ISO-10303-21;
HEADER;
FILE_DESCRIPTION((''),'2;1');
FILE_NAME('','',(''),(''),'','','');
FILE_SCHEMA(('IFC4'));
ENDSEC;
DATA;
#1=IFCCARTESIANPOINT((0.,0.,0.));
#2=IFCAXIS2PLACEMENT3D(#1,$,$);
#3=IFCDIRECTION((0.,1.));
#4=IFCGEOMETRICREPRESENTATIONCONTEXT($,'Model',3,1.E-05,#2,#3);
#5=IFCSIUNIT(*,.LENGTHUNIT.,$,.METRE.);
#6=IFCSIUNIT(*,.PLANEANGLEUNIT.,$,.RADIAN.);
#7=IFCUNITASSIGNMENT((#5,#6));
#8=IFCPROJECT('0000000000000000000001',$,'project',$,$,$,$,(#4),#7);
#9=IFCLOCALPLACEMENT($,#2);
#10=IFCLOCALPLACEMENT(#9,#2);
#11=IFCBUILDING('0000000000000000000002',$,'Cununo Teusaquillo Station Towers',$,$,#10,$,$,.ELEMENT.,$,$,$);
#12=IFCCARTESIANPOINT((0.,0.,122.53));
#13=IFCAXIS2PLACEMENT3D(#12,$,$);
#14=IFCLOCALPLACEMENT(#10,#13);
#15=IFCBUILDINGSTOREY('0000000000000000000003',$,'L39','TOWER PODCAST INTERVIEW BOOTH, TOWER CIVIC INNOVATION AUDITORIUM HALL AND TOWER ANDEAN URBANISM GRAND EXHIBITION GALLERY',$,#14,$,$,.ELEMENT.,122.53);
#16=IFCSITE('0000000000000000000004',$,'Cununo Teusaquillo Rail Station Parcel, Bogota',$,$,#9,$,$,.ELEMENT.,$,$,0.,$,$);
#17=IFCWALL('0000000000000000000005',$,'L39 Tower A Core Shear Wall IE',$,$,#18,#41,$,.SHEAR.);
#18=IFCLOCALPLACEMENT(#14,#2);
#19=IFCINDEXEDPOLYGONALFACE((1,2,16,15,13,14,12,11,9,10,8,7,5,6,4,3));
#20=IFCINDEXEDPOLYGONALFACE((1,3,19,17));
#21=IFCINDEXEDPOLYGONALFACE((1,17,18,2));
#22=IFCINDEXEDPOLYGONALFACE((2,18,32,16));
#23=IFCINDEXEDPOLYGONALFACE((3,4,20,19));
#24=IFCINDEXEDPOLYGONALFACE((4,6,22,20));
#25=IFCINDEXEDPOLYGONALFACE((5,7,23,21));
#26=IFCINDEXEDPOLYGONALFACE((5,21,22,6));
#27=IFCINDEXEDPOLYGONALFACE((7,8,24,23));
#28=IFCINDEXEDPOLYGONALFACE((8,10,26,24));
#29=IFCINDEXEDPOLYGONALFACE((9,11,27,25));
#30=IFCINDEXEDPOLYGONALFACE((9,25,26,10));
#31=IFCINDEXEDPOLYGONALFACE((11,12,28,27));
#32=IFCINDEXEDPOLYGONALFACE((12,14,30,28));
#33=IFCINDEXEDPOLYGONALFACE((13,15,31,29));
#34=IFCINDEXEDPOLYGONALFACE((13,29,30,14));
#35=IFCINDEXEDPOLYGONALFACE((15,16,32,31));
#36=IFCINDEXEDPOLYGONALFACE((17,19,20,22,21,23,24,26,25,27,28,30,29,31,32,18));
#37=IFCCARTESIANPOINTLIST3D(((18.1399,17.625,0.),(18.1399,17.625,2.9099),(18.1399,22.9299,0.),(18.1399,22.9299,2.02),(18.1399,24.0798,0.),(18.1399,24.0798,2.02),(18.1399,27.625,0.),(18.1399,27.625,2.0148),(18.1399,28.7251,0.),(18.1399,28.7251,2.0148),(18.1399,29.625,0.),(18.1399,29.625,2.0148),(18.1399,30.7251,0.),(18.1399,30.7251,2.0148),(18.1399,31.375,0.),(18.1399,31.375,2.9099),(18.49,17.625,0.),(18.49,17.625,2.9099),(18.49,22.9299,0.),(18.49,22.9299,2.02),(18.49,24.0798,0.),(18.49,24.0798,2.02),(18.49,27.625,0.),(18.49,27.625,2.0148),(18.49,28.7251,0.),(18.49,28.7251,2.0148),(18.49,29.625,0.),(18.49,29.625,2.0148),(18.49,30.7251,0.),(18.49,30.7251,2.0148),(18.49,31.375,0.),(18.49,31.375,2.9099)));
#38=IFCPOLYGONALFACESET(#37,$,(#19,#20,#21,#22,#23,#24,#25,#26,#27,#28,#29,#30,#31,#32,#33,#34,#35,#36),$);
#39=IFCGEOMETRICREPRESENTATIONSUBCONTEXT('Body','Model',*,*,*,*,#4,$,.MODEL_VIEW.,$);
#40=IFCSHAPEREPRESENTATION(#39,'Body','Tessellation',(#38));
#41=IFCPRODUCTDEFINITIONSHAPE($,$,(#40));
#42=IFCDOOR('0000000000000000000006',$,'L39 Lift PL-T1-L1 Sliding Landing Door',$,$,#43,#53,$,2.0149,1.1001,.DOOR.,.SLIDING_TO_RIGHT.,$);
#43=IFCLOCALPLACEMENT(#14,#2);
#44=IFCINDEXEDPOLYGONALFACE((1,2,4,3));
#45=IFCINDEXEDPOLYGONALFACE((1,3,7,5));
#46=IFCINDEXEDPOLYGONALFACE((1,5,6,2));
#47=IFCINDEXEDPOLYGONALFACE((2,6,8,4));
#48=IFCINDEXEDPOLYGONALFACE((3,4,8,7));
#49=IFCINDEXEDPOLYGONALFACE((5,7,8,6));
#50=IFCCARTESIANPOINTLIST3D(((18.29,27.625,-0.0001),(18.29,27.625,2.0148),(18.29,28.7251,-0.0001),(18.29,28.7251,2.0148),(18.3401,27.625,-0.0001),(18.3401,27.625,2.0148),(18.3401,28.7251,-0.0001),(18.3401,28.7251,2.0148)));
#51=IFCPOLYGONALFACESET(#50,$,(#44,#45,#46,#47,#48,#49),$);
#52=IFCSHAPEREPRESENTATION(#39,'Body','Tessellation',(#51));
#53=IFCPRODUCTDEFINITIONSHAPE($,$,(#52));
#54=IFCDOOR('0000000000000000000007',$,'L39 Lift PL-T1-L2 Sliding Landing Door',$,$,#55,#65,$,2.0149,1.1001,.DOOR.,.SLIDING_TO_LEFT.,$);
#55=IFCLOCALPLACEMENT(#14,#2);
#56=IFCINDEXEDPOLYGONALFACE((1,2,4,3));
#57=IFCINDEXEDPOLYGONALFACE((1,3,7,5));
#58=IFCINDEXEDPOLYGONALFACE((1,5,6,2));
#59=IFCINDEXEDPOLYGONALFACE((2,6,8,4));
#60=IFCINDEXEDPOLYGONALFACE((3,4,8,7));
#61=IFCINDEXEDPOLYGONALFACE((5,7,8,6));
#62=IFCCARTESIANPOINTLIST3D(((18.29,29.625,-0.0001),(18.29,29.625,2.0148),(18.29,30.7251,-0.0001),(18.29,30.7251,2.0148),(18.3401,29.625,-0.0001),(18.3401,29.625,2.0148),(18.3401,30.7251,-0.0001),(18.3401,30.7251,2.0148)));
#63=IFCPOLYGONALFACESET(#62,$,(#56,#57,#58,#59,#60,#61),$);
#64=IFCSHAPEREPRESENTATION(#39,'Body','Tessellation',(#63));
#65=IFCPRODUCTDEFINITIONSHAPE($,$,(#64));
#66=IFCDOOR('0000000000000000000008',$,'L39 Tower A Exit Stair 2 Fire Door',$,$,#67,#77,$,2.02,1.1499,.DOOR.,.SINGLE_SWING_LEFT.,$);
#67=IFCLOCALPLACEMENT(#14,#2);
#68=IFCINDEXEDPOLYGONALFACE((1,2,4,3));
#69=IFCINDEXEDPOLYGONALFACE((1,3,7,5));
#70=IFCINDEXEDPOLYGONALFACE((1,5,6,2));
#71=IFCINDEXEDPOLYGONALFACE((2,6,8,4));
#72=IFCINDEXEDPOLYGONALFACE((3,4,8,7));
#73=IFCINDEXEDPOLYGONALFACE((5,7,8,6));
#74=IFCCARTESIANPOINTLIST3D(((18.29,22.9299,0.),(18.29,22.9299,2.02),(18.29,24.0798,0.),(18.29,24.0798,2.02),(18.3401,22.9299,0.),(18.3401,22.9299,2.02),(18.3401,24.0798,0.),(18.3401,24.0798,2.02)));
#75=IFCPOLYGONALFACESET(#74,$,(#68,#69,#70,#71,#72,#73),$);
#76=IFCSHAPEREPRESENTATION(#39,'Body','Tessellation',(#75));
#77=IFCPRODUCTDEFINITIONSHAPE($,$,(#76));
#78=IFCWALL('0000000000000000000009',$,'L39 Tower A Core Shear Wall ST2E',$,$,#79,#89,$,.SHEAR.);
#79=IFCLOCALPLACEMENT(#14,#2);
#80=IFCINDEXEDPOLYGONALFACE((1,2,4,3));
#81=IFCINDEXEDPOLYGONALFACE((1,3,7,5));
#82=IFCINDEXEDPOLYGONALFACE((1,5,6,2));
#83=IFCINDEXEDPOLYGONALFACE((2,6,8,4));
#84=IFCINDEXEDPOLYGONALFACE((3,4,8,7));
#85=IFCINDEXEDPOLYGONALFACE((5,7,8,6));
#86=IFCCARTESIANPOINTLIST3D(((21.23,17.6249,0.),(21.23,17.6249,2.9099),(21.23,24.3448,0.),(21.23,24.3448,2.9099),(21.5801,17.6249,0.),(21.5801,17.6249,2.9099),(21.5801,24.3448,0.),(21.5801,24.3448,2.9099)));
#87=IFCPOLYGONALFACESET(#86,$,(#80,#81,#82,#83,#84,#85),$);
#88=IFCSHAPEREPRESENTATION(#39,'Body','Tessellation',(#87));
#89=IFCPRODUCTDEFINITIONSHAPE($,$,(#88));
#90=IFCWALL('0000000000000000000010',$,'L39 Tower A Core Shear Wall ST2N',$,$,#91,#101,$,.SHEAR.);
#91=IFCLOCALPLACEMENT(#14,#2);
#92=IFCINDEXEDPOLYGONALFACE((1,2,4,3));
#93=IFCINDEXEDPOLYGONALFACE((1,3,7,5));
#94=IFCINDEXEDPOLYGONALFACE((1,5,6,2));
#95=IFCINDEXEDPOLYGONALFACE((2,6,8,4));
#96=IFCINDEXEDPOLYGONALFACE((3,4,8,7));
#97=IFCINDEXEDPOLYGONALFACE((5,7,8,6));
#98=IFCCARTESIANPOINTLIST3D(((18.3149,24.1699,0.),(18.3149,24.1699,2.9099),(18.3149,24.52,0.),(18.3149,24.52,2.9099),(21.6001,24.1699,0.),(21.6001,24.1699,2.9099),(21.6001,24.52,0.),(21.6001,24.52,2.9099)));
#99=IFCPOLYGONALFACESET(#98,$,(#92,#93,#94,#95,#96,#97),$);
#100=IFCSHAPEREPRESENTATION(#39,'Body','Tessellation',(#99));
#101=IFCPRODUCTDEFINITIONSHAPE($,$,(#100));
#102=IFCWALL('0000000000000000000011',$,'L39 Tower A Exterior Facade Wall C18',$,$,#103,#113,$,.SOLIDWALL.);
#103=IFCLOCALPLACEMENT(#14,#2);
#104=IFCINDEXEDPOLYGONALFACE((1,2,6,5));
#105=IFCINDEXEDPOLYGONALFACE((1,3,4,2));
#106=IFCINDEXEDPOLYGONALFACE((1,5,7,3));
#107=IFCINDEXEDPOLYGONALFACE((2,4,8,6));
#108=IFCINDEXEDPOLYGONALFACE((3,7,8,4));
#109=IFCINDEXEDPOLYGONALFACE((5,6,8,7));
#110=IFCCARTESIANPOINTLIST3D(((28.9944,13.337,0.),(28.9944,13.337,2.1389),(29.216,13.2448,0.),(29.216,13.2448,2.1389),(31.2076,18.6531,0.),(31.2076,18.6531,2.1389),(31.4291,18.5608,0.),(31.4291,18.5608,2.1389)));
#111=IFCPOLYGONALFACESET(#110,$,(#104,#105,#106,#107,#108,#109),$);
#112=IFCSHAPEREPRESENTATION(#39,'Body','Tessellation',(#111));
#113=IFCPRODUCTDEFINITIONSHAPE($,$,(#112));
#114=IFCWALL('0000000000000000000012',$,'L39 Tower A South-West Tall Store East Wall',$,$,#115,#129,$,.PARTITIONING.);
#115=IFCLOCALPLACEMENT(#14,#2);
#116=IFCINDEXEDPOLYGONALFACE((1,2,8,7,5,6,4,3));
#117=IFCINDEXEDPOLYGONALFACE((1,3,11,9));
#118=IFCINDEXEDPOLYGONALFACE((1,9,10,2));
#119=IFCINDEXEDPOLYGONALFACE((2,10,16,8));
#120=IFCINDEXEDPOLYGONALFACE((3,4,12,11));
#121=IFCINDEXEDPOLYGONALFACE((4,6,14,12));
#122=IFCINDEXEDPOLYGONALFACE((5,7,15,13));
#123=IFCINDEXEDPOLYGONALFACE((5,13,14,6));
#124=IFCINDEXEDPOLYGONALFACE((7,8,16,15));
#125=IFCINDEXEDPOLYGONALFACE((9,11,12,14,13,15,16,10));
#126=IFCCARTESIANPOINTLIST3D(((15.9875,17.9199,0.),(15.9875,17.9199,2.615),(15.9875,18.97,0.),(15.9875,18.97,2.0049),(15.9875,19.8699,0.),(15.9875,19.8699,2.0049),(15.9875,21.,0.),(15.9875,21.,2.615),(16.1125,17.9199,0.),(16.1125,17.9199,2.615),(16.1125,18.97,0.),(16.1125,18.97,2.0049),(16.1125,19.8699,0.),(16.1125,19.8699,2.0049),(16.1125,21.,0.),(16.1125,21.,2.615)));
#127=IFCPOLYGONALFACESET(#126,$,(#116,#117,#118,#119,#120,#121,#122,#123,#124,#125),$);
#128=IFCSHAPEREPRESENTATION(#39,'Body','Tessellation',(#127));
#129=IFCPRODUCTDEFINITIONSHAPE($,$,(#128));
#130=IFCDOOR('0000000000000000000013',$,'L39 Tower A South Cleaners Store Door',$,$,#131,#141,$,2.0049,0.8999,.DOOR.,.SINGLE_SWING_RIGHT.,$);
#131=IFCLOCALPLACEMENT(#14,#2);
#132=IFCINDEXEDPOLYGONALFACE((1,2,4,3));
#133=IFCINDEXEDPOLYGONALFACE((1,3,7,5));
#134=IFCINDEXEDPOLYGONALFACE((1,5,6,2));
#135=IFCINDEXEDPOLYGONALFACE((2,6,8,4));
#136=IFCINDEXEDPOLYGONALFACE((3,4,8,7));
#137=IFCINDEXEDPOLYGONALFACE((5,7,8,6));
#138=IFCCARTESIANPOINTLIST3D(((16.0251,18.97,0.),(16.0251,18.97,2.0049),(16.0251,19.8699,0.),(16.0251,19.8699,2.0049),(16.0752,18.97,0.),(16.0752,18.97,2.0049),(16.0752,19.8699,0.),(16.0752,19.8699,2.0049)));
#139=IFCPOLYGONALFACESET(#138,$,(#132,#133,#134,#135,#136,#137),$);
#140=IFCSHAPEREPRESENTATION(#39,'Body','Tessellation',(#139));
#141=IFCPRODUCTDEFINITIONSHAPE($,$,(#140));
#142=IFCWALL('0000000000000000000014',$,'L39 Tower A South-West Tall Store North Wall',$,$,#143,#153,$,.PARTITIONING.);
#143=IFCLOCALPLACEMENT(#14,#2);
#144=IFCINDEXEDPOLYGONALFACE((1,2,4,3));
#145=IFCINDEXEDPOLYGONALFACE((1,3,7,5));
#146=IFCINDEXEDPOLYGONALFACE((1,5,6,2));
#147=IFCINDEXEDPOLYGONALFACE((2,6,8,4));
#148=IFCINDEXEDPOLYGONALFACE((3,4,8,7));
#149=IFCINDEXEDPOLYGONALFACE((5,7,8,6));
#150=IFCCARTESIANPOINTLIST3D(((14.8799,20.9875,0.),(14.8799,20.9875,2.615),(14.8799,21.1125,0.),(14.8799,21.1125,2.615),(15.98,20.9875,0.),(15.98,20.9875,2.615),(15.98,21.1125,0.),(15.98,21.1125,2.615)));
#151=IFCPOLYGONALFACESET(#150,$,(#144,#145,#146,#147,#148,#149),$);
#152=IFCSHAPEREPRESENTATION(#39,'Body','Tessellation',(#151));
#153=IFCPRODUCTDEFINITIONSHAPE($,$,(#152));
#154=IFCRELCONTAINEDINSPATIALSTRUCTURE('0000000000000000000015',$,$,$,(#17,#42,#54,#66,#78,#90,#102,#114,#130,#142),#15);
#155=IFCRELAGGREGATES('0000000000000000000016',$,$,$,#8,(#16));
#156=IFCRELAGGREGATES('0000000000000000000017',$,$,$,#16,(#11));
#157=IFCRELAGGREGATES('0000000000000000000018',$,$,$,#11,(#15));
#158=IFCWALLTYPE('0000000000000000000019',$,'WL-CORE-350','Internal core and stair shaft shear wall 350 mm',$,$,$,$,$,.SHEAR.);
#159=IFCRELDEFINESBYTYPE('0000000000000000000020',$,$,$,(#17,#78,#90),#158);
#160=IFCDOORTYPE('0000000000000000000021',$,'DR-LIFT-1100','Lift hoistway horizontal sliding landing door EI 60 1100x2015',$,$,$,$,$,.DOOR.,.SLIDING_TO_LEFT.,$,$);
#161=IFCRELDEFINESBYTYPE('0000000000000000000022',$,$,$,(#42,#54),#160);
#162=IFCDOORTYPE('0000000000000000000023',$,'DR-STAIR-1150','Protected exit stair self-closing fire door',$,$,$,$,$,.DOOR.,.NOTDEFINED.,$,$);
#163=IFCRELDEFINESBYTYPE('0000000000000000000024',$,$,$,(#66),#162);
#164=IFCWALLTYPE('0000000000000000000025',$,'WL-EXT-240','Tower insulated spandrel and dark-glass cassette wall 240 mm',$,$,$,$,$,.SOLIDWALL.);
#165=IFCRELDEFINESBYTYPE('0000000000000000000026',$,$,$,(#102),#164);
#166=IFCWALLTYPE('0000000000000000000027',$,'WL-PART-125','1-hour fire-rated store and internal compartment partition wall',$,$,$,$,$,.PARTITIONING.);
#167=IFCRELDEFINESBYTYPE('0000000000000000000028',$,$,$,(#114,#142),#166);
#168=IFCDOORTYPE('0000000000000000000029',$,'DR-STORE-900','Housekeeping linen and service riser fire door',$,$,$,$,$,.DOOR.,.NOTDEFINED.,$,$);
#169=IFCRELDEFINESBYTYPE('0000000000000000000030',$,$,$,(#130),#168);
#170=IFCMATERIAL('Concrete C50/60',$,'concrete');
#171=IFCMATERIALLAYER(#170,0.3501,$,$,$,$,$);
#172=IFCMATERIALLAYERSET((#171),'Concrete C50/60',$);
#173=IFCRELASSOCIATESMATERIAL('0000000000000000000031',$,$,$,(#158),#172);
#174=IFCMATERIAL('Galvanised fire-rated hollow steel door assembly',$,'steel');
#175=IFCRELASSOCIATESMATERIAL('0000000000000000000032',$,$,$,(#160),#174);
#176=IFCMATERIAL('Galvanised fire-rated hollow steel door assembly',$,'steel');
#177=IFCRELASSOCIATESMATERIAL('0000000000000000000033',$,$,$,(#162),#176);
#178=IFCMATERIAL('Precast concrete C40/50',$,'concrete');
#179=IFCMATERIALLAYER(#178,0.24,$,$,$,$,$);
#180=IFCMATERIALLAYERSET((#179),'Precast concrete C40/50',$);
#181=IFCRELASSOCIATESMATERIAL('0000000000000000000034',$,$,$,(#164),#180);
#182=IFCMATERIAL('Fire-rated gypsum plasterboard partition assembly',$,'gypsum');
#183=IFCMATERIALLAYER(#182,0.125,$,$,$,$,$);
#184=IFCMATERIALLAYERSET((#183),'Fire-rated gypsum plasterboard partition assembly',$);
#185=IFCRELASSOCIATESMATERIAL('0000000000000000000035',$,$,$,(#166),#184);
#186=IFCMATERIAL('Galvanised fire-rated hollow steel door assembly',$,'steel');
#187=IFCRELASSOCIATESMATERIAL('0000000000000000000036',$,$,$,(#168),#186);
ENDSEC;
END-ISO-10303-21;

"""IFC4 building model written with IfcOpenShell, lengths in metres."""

from ifc_helpers import new_model, si_unit, direction, frame, frame_2d, origin, place, context, subcontext, project, spatial, rectangle, extrude, source, transform, mapped, material, layer, layer_set, type_object, element, fill, save


model = new_model("IFC4")

# Units and contexts
model_context = context("Model", 3, precision=1e-05, world=origin(), true_north=direction((0.0, 1.0)))
body_context = subcontext(model_context, "Body", "Model", "MODEL_VIEW")
ifc_project = project(units=[si_unit("LENGTHUNIT", "METRE"), si_unit("PLANEANGLEUNIT", "RADIAN")], contexts=[model_context])

# Site, building, storey
site_placement = place(None, origin())
site = spatial("IfcSite", under=ifc_project, at=site_placement, Name="Cununo Teusaquillo Rail Station Parcel, Bogota", CompositionType="ELEMENT", RefElevation=0.0)
building_placement = place(site_placement, origin())
building = spatial("IfcBuilding", under=site, at=building_placement, Name="Cununo Teusaquillo Station Towers", CompositionType="ELEMENT")
storey_placement = place(building_placement, frame((0.0, 0.0, 122.53)))
storey = spatial("IfcBuildingStorey", under=building, at=storey_placement, Name="L39", Description="TOWER PODCAST INTERVIEW BOOTH, TOWER CIVIC INNOVATION AUDITORIUM HALL AND TOWER ANDEAN URBANISM GRAND EXHIBITION GALLERY", CompositionType="ELEMENT", Elevation=122.53)

# Wall, openings, doors
ifc_material_1 = material(Name="Concrete C50/60", Category="concrete")
ifc_layer_1 = layer(ifc_material_1, 0.3501)
ifc_layer_set_1 = layer_set([ifc_layer_1], Name="Concrete C50/60")
wall_type_1 = type_object("IfcWallType", Name="WL-CORE-350", Description="Internal core and stair shaft shear wall 350 mm", PredefinedType="SHEAR", material=ifc_layer_set_1)
wall_1_placement = place(storey_placement, frame((18.3149, 17.625, 0.0), z_axis=(0.0, 0.0, 1.0), x_axis=(0.0, 1.0, 0.0)))
wall_1 = element("IfcWall", 1, at=wall_1_placement, inside=storey, type_object=wall_type_1, Name="L39 Tower A Core Shear Wall IE", PredefinedType="SHEAR", context=body_context, shape_type="SweptSolid", body=[
    extrude(rectangle(XDim=13.75, YDim=0.3501, at=frame_2d((6.875, 0.0))), origin(), (0.0, 0.0, 1.0), 2.9099),
])
shared_shape_1 = source(origin(), body_context, "Body", "SweptSolid", [
    extrude(rectangle(XDim=1.1001, YDim=2.0149, at=frame_2d((0.55, 1.0073))), frame((0.0, 0.1851, 0.0), z_axis=(0.0, -1.0, 0.0), x_axis=(1.0, 0.0, 0.0)), (0.0, 0.0, 1.0), 0.3701),
])
opening_1_placement = place(wall_1_placement, frame((10.0, 0.0, 0.0)))
opening_1 = element("IfcOpeningElement", 2, at=opening_1_placement, cuts=wall_1, PredefinedType="OPENING", context=body_context, shape_type="MappedRepresentation", body=[
    mapped(shared_shape_1, transform((0.0, 0.0, 0.0), x_axis=(1.0, 0.0, 0.0), y_axis=(0.0, 1.0, 0.0), z_axis=(0.0, 0.0, 1.0), scale=1.0)),
])
opening_2_placement = place(wall_1_placement, frame((12.0, 0.0, 0.0)))
opening_2 = element("IfcOpeningElement", 3, at=opening_2_placement, cuts=wall_1, PredefinedType="OPENING", context=body_context, shape_type="MappedRepresentation", body=[
    mapped(shared_shape_1, transform((0.0, 0.0, 0.0), x_axis=(1.0, 0.0, 0.0), y_axis=(0.0, 1.0, 0.0), z_axis=(0.0, 0.0, 1.0), scale=1.0)),
])
shared_shape_2 = source(origin(), body_context, "Body", "SweptSolid", [
    extrude(rectangle(XDim=1.1499, YDim=2.02, at=frame_2d((0.575, 1.01))), frame((0.0, 0.1851, 0.0), z_axis=(0.0, -1.0, 0.0), x_axis=(1.0, 0.0, 0.0)), (0.0, 0.0, 1.0), 0.3701),
])
opening_3_placement = place(wall_1_placement, frame((5.3049, 0.0, 0.0)))
opening_3 = element("IfcOpeningElement", 4, at=opening_3_placement, cuts=wall_1, PredefinedType="OPENING", context=body_context, shape_type="MappedRepresentation", body=[
    mapped(shared_shape_2, transform((0.0, 0.0, 0.0), x_axis=(1.0, 0.0, 0.0), y_axis=(0.0, 1.0, 0.0), z_axis=(0.0, 0.0, 1.0), scale=1.0)),
])
ifc_material_2 = material(Name="Galvanised fire-rated hollow steel door assembly", Category="steel")
door_type_1 = type_object("IfcDoorType", Name="DR-LIFT-1100", Description="Lift hoistway horizontal sliding landing door EI 60 1100x2015", OperationType="SLIDING_TO_LEFT", PredefinedType="DOOR", material=ifc_material_2)
shared_shape_3 = source(origin(), body_context, "Body", "SweptSolid", [
    extrude(rectangle(XDim=1.1001, YDim=2.0149, at=frame_2d((0.55, 1.0073))), frame((0.0, 0.0249, 0.0), z_axis=(0.0, -1.0, 0.0), x_axis=(1.0, 0.0, 0.0)), (0.0, 0.0, 1.0), 0.05),
])
door_1_placement = place(opening_1_placement, origin())
door_1 = element("IfcDoor", 5, at=door_1_placement, inside=storey, type_object=door_type_1, Name="L39 Lift PL-T1-L1 Sliding Landing Door", OperationType="SLIDING_TO_RIGHT", OverallHeight=2.0149, OverallWidth=1.1001, PredefinedType="DOOR", context=body_context, shape_type="MappedRepresentation", body=[
    mapped(shared_shape_3, transform((0.0, 0.0, 0.0), x_axis=(1.0, 0.0, 0.0), y_axis=(0.0, 1.0, 0.0), z_axis=(0.0, 0.0, 1.0), scale=1.0)),
])
fill(opening_1, door_1)
door_2_placement = place(opening_2_placement, origin())
door_2 = element("IfcDoor", 6, at=door_2_placement, inside=storey, type_object=door_type_1, Name="L39 Lift PL-T1-L2 Sliding Landing Door", OperationType="SLIDING_TO_LEFT", OverallHeight=2.0149, OverallWidth=1.1001, PredefinedType="DOOR", context=body_context, shape_type="MappedRepresentation", body=[
    mapped(shared_shape_3, transform((0.0, 0.0, 0.0), x_axis=(1.0, 0.0, 0.0), y_axis=(0.0, 1.0, 0.0), z_axis=(0.0, 0.0, 1.0), scale=1.0)),
])
fill(opening_2, door_2)
ifc_material_3 = material(Name="Galvanised fire-rated hollow steel door assembly", Category="steel")
door_type_2 = type_object("IfcDoorType", Name="DR-STAIR-1150", Description="Protected exit stair self-closing fire door", OperationType="NOTDEFINED", PredefinedType="DOOR", material=ifc_material_3)
shared_shape_4 = source(origin(), body_context, "Body", "SweptSolid", [
    extrude(rectangle(XDim=1.1499, YDim=2.02, at=frame_2d((0.575, 1.01))), frame((0.0, 0.0249, 0.0), z_axis=(0.0, -1.0, 0.0), x_axis=(1.0, 0.0, 0.0)), (0.0, 0.0, 1.0), 0.05),
])
door_3_placement = place(opening_3_placement, origin())
door_3 = element("IfcDoor", 7, at=door_3_placement, inside=storey, type_object=door_type_2, Name="L39 Tower A Exit Stair 2 Fire Door", OperationType="SINGLE_SWING_LEFT", OverallHeight=2.02, OverallWidth=1.1499, PredefinedType="DOOR", context=body_context, shape_type="MappedRepresentation", body=[
    mapped(shared_shape_4, transform((0.0, 0.0, 0.0), x_axis=(1.0, 0.0, 0.0), y_axis=(0.0, 1.0, 0.0), z_axis=(0.0, 0.0, 1.0), scale=1.0)),
])
fill(opening_3, door_3)

# Walls
wall_2_placement = place(storey_placement, frame((21.405, 17.625, 0.0), z_axis=(0.0, 0.0, 1.0), x_axis=(0.0, 1.0, 0.0)))
element("IfcWall", 8, at=wall_2_placement, inside=storey, type_object=wall_type_1, Name="L39 Tower A Core Shear Wall ST2E", PredefinedType="SHEAR", context=body_context, shape_type="SweptSolid", body=[
    extrude(rectangle(XDim=6.72, YDim=0.3501, at=frame_2d((3.3599, 0.0))), origin(), (0.0, 0.0, 1.0), 2.9099),
])
wall_3_placement = place(storey_placement, frame((18.3149, 24.345, 0.0), z_axis=(0.0, 0.0, 1.0), x_axis=(1.0, 0.0, 0.0)))
element("IfcWall", 9, at=wall_3_placement, inside=storey, type_object=wall_type_1, Name="L39 Tower A Core Shear Wall ST2N", PredefinedType="SHEAR", context=body_context, shape_type="SweptSolid", body=[
    extrude(rectangle(XDim=3.2852, YDim=0.3501, at=frame_2d((1.6426, 0.0))), origin(), (0.0, 0.0, 1.0), 2.9099),
])
ifc_material_4 = material(Name="Precast concrete C40/50", Category="concrete")
ifc_layer_2 = layer(ifc_material_4, 0.24)
ifc_layer_set_2 = layer_set([ifc_layer_2], Name="Precast concrete C40/50")
wall_type_2 = type_object("IfcWallType", Name="WL-EXT-240", Description="Tower insulated spandrel and dark-glass cassette wall 240 mm", PredefinedType="SOLIDWALL", material=ifc_layer_set_2)
wall_4_placement = place(storey_placement, frame((31.3184, 18.6069, 0.0), z_axis=(0.0, 0.0, 1.0), x_axis=(-0.384344, -0.92319, 0.0)))
element("IfcWall", 10, at=wall_4_placement, inside=storey, type_object=wall_type_2, Name="L39 Tower A Exterior Facade Wall C18", PredefinedType="SOLIDWALL", context=body_context, shape_type="SweptSolid", body=[
    extrude(rectangle(XDim=5.7583, YDim=0.24, at=frame_2d((2.8792, 0.0))), origin(), (0.0, 0.0, 1.0), 2.1389),
])

# Wall, opening, door
ifc_material_5 = material(Name="Fire-rated gypsum plasterboard partition assembly", Category="gypsum")
ifc_layer_3 = layer(ifc_material_5, 0.125)
ifc_layer_set_3 = layer_set([ifc_layer_3], Name="Fire-rated gypsum plasterboard partition assembly")
wall_type_3 = type_object("IfcWallType", Name="WL-PART-125", Description="1-hour fire-rated store and internal compartment partition wall", PredefinedType="PARTITIONING", material=ifc_layer_set_3)
wall_5_placement = place(storey_placement, frame((16.05, 17.9199, 0.0), z_axis=(0.0, 0.0, 1.0), x_axis=(0.0, 1.0, 0.0)))
wall_5 = element("IfcWall", 11, at=wall_5_placement, inside=storey, type_object=wall_type_3, Name="L39 Tower A South-West Tall Store East Wall", PredefinedType="PARTITIONING", context=body_context, shape_type="SweptSolid", body=[
    extrude(rectangle(XDim=3.0801, YDim=0.125, at=frame_2d((1.54, 0.0))), origin(), (0.0, 0.0, 1.0), 2.615),
])
shared_shape_5 = source(origin(), body_context, "Body", "SweptSolid", [
    extrude(rectangle(XDim=0.8999, YDim=2.0049, at=frame_2d((0.45, 1.0024))), frame((0.0, 0.0725, 0.0), z_axis=(0.0, -1.0, 0.0), x_axis=(1.0, 0.0, 0.0)), (0.0, 0.0, 1.0), 0.145),
])
opening_4_placement = place(wall_5_placement, frame((1.05, 0.0, 0.0)))
opening_4 = element("IfcOpeningElement", 12, at=opening_4_placement, cuts=wall_5, PredefinedType="OPENING", context=body_context, shape_type="MappedRepresentation", body=[
    mapped(shared_shape_5, transform((0.0, 0.0, 0.0), x_axis=(1.0, 0.0, 0.0), y_axis=(0.0, 1.0, 0.0), z_axis=(0.0, 0.0, 1.0), scale=1.0)),
])
ifc_material_6 = material(Name="Galvanised fire-rated hollow steel door assembly", Category="steel")
door_type_3 = type_object("IfcDoorType", Name="DR-STORE-900", Description="Housekeeping linen and service riser fire door", OperationType="NOTDEFINED", PredefinedType="DOOR", material=ifc_material_6)
shared_shape_6 = source(origin(), body_context, "Body", "SweptSolid", [
    extrude(rectangle(XDim=0.8999, YDim=2.0049, at=frame_2d((0.45, 1.0024))), frame((0.0, 0.0249, 0.0), z_axis=(0.0, -1.0, 0.0), x_axis=(1.0, 0.0, 0.0)), (0.0, 0.0, 1.0), 0.05),
])
door_4_placement = place(opening_4_placement, origin())
door_4 = element("IfcDoor", 13, at=door_4_placement, inside=storey, type_object=door_type_3, Name="L39 Tower A South Cleaners Store Door", OperationType="SINGLE_SWING_RIGHT", OverallHeight=2.0049, OverallWidth=0.8999, PredefinedType="DOOR", context=body_context, shape_type="MappedRepresentation", body=[
    mapped(shared_shape_6, transform((0.0, 0.0, 0.0), x_axis=(1.0, 0.0, 0.0), y_axis=(0.0, 1.0, 0.0), z_axis=(0.0, 0.0, 1.0), scale=1.0)),
])
fill(opening_4, door_4)

# Wall
wall_6_placement = place(storey_placement, frame((14.8799, 21.05, 0.0), z_axis=(0.0, 0.0, 1.0), x_axis=(1.0, 0.0, 0.0)))
element("IfcWall", 14, at=wall_6_placement, inside=storey, type_object=wall_type_3, Name="L39 Tower A South-West Tall Store North Wall", PredefinedType="PARTITIONING", context=body_context, shape_type="SweptSolid", body=[
    extrude(rectangle(XDim=1.1001, YDim=0.125, at=frame_2d((0.55, 0.0))), origin(), (0.0, 0.0, 1.0), 2.615),
])

save(model, "model.ifc")
